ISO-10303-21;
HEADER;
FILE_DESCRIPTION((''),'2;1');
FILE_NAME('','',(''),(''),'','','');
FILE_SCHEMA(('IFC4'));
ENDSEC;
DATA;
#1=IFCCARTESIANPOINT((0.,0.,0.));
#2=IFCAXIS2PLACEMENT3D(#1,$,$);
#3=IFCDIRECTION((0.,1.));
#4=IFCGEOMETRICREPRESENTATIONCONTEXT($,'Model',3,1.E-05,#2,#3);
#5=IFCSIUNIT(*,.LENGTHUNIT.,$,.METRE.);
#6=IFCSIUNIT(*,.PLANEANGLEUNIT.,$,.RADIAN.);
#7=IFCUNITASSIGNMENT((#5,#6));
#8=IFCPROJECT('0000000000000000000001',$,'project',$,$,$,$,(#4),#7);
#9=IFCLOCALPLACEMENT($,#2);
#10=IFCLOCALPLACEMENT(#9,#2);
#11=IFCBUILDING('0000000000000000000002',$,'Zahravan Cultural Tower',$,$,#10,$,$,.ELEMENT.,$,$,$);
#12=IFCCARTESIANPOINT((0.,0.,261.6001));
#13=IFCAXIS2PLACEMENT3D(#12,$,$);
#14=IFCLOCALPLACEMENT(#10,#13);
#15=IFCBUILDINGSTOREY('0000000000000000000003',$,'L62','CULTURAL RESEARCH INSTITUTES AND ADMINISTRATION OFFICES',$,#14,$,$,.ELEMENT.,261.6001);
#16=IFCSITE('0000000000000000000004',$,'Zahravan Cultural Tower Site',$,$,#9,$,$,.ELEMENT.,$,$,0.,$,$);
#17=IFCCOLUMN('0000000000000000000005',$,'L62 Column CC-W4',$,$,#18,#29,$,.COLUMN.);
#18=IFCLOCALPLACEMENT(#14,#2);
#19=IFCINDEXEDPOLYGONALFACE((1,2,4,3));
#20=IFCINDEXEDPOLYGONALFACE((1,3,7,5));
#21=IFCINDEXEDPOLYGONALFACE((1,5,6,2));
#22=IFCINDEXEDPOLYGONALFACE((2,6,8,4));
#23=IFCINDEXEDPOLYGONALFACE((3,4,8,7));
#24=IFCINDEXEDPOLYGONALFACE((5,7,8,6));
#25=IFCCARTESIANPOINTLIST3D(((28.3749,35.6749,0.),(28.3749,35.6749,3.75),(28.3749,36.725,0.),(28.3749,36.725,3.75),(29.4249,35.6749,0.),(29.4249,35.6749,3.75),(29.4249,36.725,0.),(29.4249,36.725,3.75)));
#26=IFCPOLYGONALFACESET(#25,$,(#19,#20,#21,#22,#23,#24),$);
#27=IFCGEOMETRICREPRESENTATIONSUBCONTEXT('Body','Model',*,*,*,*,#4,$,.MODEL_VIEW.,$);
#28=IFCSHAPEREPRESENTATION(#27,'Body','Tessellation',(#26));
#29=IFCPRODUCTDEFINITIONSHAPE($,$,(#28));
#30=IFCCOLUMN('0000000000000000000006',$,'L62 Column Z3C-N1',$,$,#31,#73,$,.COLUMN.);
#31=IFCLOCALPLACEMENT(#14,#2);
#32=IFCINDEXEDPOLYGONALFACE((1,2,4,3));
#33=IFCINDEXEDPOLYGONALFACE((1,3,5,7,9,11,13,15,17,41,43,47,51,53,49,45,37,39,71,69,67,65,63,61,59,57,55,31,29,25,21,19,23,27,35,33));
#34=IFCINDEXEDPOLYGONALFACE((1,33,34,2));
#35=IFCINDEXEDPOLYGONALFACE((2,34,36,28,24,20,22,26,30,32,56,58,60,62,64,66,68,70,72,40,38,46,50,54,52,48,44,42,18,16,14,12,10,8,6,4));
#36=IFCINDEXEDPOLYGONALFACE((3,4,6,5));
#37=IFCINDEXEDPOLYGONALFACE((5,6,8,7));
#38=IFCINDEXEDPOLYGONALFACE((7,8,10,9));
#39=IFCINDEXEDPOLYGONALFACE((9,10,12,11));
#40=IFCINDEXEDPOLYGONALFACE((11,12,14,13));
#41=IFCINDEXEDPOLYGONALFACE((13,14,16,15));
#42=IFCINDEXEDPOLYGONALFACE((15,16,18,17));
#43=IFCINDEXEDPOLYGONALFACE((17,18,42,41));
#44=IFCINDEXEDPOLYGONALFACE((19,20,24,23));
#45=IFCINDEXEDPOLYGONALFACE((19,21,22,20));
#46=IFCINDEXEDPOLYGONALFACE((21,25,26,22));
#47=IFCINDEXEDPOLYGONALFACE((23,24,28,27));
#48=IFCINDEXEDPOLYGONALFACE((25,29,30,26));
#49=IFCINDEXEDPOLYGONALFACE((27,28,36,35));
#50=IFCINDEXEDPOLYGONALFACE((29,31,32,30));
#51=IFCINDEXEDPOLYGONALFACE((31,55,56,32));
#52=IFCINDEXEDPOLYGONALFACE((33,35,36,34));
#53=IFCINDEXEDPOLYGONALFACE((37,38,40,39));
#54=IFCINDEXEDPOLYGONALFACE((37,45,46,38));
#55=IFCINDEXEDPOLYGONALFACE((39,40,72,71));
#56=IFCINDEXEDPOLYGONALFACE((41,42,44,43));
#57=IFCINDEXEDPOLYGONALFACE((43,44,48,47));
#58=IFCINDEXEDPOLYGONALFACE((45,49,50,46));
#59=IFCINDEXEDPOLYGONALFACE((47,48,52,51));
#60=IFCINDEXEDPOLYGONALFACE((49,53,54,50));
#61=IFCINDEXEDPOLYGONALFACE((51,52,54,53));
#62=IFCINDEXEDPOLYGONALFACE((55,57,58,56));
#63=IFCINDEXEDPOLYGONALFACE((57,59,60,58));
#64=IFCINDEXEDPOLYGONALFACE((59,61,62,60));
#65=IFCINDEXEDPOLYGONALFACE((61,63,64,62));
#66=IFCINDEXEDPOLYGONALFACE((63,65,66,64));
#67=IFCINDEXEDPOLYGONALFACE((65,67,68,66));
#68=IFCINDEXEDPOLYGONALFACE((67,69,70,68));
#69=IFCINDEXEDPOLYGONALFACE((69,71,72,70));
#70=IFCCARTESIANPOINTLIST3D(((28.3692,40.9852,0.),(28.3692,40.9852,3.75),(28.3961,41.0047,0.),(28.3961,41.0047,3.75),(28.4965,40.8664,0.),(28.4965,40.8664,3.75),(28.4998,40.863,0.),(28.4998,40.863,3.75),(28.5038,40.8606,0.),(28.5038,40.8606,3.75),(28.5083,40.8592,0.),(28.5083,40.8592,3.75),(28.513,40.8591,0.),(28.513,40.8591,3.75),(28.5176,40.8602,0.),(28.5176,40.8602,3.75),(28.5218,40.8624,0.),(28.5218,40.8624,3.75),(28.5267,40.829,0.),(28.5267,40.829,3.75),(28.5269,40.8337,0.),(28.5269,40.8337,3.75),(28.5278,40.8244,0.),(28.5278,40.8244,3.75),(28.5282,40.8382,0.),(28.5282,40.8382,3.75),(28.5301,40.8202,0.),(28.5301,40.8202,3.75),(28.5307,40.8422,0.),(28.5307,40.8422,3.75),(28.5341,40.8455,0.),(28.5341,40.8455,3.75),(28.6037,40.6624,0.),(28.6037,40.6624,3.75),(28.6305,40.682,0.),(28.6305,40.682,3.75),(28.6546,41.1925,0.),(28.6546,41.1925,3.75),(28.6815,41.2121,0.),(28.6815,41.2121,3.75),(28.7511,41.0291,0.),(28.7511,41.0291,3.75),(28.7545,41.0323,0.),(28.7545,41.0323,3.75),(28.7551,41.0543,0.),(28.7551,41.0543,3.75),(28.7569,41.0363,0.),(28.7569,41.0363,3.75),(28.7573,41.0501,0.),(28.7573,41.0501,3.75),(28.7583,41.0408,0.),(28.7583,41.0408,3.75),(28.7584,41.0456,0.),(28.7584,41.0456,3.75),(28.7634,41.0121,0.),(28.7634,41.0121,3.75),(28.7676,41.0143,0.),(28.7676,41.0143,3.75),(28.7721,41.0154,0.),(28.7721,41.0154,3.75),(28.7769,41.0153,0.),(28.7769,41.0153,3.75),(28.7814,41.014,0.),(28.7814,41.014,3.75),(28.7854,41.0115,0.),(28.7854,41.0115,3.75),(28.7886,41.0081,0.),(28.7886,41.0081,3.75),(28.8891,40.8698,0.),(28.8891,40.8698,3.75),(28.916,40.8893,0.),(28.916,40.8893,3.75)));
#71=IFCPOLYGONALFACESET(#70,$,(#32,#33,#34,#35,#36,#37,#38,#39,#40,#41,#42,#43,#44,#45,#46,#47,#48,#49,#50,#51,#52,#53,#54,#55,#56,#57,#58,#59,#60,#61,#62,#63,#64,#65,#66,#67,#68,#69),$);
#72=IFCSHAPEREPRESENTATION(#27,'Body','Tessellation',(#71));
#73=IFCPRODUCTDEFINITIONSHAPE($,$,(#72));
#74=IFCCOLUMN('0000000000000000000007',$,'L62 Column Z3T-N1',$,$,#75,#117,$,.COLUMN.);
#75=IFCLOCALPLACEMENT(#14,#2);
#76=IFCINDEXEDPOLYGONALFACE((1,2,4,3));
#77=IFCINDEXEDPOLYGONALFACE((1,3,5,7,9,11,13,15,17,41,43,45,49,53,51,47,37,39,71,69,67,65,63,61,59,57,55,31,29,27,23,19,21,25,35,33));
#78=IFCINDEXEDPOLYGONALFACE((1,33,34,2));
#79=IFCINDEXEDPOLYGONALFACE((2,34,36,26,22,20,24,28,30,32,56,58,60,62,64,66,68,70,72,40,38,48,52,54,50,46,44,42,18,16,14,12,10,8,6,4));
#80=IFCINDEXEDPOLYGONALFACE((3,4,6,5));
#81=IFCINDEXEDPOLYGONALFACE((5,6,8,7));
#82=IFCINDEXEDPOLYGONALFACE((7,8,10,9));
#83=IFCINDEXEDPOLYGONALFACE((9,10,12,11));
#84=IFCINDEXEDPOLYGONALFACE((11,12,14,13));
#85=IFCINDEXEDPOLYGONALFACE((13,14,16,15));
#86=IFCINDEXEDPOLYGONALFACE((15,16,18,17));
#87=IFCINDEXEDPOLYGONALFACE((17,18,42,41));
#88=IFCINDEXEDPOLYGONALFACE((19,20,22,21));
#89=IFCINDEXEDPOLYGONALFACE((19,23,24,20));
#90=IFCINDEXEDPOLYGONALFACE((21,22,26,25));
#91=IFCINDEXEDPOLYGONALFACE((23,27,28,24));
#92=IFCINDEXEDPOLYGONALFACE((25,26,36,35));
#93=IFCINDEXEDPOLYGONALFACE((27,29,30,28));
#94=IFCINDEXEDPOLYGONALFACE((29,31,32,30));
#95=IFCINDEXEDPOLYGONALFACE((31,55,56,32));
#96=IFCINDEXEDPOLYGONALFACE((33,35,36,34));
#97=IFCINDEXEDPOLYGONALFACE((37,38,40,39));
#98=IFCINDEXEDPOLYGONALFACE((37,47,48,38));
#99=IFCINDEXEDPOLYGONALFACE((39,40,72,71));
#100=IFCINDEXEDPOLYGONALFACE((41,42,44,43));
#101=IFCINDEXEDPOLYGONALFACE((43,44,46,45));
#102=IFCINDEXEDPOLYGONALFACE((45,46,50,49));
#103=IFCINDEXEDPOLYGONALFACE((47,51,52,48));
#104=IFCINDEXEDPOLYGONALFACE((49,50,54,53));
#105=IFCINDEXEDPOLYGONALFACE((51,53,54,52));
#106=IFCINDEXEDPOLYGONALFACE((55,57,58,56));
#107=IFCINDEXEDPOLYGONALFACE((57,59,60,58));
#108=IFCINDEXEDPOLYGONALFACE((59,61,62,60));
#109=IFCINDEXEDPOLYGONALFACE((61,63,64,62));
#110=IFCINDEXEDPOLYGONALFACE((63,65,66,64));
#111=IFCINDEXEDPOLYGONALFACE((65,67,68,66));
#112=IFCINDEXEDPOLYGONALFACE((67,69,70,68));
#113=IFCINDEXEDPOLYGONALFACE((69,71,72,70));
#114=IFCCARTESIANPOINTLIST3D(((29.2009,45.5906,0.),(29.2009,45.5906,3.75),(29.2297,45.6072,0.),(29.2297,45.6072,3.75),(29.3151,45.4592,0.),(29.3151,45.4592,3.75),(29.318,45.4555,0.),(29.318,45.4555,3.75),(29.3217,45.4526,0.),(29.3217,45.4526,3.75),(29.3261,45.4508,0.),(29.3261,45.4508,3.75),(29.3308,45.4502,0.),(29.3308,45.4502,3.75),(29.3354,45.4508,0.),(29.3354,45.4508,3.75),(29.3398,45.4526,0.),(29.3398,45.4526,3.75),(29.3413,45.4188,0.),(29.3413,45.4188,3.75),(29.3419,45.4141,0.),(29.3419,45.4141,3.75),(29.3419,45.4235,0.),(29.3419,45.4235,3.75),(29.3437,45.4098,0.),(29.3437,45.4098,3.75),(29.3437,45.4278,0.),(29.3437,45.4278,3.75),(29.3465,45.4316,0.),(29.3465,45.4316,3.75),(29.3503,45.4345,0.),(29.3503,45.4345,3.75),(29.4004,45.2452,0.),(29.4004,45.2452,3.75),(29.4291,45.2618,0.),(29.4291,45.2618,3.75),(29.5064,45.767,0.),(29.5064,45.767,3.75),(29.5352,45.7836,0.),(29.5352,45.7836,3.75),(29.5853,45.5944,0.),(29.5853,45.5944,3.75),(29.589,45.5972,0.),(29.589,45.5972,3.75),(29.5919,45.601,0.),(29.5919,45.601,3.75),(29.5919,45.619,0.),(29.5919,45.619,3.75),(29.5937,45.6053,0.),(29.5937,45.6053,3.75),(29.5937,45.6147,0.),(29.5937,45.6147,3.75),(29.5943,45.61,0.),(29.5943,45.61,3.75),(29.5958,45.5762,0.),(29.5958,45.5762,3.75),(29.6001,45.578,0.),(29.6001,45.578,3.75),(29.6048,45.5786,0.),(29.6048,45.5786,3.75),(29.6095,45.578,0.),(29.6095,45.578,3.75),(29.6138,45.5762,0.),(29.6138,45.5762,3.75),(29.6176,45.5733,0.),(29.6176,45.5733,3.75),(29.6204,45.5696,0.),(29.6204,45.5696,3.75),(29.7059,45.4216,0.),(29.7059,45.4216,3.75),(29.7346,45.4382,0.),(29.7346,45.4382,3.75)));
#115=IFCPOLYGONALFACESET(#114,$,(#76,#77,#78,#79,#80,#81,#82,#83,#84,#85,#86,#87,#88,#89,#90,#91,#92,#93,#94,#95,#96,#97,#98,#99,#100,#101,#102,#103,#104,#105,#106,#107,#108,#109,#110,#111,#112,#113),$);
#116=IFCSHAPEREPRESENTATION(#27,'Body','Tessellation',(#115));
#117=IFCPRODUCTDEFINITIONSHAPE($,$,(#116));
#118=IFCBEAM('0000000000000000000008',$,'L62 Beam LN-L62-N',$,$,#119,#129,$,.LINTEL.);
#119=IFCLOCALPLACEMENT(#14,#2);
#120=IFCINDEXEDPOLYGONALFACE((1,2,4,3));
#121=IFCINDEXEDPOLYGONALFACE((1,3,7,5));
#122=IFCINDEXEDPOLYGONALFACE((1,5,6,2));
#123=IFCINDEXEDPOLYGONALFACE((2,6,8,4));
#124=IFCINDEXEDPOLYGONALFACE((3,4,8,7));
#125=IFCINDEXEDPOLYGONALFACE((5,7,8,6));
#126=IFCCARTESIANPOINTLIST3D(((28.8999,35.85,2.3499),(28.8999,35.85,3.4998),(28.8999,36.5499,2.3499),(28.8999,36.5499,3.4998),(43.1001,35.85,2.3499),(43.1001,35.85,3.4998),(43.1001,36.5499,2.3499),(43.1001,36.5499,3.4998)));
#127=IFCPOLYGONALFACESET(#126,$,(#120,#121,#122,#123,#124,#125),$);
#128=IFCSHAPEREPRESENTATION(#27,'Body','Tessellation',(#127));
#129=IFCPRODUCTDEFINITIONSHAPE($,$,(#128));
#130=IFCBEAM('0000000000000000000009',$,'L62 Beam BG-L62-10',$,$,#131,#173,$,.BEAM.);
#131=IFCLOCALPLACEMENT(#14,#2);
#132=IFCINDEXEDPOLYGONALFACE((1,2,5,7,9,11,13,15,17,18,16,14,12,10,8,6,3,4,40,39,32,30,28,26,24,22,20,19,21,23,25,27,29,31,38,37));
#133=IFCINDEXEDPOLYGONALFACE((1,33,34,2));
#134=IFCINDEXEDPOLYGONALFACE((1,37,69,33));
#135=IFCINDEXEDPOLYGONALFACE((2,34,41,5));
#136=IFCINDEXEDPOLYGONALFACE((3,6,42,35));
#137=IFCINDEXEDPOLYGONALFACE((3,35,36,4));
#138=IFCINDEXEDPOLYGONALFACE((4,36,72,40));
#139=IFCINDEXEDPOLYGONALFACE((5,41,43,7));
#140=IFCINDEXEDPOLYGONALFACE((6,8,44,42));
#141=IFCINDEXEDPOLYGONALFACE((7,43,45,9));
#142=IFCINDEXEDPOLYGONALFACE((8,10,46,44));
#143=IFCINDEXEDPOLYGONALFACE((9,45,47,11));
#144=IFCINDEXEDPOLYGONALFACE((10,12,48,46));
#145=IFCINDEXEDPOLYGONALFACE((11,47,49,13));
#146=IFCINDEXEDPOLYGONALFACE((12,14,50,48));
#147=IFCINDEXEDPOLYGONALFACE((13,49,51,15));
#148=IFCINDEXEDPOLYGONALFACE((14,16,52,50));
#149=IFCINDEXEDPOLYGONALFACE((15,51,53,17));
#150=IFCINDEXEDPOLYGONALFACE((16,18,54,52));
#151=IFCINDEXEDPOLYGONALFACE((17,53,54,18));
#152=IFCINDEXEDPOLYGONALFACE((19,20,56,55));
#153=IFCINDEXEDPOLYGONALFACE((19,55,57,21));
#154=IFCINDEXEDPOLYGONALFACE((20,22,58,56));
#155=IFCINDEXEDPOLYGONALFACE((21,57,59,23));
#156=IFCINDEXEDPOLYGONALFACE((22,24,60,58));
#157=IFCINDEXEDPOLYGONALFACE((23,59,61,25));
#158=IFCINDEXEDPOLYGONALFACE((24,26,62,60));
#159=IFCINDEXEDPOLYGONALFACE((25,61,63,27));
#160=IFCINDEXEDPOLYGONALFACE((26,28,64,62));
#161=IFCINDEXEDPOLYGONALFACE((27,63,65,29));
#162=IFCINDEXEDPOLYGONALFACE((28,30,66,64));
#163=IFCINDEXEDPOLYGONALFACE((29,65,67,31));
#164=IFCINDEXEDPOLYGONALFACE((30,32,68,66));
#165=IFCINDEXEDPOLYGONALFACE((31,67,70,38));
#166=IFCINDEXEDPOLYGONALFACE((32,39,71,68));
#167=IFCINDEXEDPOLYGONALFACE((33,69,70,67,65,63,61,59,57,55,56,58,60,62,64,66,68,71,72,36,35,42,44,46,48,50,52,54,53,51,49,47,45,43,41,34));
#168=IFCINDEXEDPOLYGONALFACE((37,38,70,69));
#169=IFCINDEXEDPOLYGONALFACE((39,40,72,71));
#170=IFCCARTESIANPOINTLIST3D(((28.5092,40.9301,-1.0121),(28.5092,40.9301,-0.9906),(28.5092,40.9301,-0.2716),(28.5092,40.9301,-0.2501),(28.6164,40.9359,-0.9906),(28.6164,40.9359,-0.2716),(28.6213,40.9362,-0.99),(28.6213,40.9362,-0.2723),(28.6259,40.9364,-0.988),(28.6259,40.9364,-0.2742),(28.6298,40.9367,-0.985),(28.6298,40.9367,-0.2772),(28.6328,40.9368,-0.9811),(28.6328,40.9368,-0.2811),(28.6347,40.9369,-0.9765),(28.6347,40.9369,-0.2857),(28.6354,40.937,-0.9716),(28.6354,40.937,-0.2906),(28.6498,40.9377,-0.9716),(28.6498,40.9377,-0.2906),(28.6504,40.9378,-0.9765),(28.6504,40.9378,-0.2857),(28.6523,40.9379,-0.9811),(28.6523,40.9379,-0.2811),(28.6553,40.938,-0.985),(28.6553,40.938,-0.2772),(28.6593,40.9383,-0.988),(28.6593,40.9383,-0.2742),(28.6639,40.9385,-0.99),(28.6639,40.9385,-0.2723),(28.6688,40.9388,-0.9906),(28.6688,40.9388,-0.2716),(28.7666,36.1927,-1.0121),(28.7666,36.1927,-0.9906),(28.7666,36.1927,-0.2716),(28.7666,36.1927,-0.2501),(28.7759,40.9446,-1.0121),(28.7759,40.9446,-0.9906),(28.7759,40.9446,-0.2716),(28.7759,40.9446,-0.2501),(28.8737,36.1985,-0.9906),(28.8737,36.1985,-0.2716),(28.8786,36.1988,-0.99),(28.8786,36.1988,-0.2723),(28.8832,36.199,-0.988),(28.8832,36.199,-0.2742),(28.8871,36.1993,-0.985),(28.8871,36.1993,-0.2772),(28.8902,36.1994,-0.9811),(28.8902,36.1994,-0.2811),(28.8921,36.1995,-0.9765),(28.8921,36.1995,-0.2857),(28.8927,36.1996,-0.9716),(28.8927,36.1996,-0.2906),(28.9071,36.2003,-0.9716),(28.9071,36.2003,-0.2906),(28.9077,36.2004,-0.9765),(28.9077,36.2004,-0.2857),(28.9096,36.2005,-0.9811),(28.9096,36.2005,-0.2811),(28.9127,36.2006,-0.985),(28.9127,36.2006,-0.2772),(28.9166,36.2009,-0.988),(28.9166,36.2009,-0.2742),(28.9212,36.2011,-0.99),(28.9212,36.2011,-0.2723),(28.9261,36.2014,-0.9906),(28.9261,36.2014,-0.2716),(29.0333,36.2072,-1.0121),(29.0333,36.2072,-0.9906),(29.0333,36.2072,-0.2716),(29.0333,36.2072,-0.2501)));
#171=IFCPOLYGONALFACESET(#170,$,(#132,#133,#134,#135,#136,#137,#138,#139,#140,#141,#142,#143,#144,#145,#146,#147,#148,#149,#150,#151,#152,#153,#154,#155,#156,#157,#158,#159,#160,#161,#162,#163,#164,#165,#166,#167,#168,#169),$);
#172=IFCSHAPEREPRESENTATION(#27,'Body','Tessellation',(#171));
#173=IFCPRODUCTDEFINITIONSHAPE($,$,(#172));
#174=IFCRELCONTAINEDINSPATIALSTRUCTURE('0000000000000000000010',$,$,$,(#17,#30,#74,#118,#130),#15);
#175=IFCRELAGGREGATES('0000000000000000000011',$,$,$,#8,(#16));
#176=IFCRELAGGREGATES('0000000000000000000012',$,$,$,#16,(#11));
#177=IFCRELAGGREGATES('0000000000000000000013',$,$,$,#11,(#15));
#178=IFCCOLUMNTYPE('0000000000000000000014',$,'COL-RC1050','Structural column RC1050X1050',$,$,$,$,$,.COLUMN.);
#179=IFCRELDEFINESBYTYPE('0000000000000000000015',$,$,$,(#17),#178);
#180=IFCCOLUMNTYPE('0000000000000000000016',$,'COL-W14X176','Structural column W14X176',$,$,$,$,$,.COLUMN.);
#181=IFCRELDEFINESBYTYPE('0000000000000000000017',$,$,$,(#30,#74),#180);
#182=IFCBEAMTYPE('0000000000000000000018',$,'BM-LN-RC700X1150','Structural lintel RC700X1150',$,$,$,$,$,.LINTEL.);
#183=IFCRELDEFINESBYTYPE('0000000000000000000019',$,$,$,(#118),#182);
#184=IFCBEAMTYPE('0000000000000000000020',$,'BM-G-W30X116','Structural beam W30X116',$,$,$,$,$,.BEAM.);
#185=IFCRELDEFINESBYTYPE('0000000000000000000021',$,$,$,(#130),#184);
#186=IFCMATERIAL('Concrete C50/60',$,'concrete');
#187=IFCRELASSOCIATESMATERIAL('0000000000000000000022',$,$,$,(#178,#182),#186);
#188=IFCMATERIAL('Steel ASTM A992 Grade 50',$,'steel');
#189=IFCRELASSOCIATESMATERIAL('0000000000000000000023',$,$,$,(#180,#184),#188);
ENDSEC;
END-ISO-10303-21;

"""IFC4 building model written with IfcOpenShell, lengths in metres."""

from ifc_helpers import new_model, si_unit, direction, frame, origin, origin_2d, place, context, subcontext, project, spatial, rectangle, i_section, extrude, source, transform, mapped, material, material_profile, profile_set, type_object, element, save


model = new_model("IFC4")

# Units and contexts
model_context = context("Model", 3, precision=1e-05, world=origin(), true_north=direction((0.0, 1.0)))
body_context = subcontext(model_context, "Body", "Model", "MODEL_VIEW")
ifc_project = project(units=[si_unit("LENGTHUNIT", "METRE"), si_unit("PLANEANGLEUNIT", "RADIAN")], contexts=[model_context])

# Site, building, storey
site_placement = place(None, origin())
site = spatial("IfcSite", under=ifc_project, at=site_placement, Name="Zahravan Cultural Tower Site", CompositionType="ELEMENT", RefElevation=0.0)
building_placement = place(site_placement, origin())
building = spatial("IfcBuilding", under=site, at=building_placement, Name="Zahravan Cultural Tower", CompositionType="ELEMENT")
storey_placement = place(building_placement, frame((0.0, 0.0, 261.6001)))
storey = spatial("IfcBuildingStorey", under=building, at=storey_placement, Name="L62", Description="CULTURAL RESEARCH INSTITUTES AND ADMINISTRATION OFFICES", CompositionType="ELEMENT", Elevation=261.6001)

# Columns
ifc_material_1 = material(Name="Concrete C50/60", Category="concrete")
ifc_material_profile_1 = material_profile(ifc_material_1, rectangle(XDim=1.05, YDim=1.05, at=origin_2d()), Name="RC1050X1050")
ifc_profile_set_1 = profile_set([ifc_material_profile_1], Name="Concrete C50/60")
column_type_1 = type_object("IfcColumnType", Name="COL-RC1050", Description="Structural column RC1050X1050", PredefinedType="COLUMN", material=ifc_profile_set_1)
shared_shape_1 = source(origin(), body_context, "Body", "SweptSolid", [
    extrude(rectangle(XDim=1.05, YDim=1.05, at=origin_2d()), origin(), (0.0, 0.0, 1.0), 3.75),
])
column_placement = place(storey_placement, frame((28.8999, 36.2, 0.0), z_axis=(0.0, 0.0, 1.0), x_axis=(1.0, 0.0, 0.0)))
element("IfcColumn", 1, at=column_placement, inside=storey, type_object=column_type_1, Name="L62 Column CC-W4", PredefinedType="COLUMN", context=body_context, shape_type="MappedRepresentation", body=[
    mapped(shared_shape_1, transform((0.0, 0.0, 0.0), x_axis=(1.0, 0.0, 0.0), y_axis=(0.0, 1.0, 0.0), z_axis=(0.0, 0.0, 1.0), scale=1.0)),
])
ifc_material_2 = material(Name="Steel ASTM A992 Grade 50", Category="steel")
ifc_material_profile_2 = material_profile(ifc_material_2, i_section(OverallWidth=0.3989, OverallDepth=0.386, WebThickness=0.021, FlangeThickness=0.0332, FilletRadius=0.0181, at=origin_2d()), Name="W14X176")
ifc_profile_set_2 = profile_set([ifc_material_profile_2], Name="Steel ASTM A992 Grade 50")
column_type_2 = type_object("IfcColumnType", Name="COL-W14X176", Description="Structural column W14X176", PredefinedType="COLUMN", material=ifc_profile_set_2)
shared_shape_2 = source(origin(), body_context, "Body", "SweptSolid", [
    extrude(i_section(OverallWidth=0.3989, OverallDepth=0.386, WebThickness=0.021, FlangeThickness=0.0332, FilletRadius=0.0181, at=origin_2d()), origin(), (0.0, 0.0, 1.0), 3.75),
])
for number, where, z_axis, x_axis, name in (
    (2, (28.6426, 40.9373, 0.0), (0.0, 0.0, 1.0), (-0.587785, 0.809017, 0.0), "L62 Column Z3C-N1"),
    (3, (29.4678, 45.5144, 0.0), (0.0, 0.0, 1.0), (-0.5, 0.866025, 0.0), "L62 Column Z3T-N1"),
):
    element("IfcColumn", number, at=place(storey_placement, frame(where, z_axis=z_axis, x_axis=x_axis)), inside=storey, type_object=column_type_2, Name=name, PredefinedType="COLUMN", context=body_context, shape_type="MappedRepresentation", body=[
        mapped(shared_shape_2, transform((0.0, 0.0, 0.0), x_axis=(1.0, 0.0, 0.0), y_axis=(0.0, 1.0, 0.0), z_axis=(0.0, 0.0, 1.0), scale=1.0)),
    ])

# Beams
ifc_material_profile_3 = material_profile(ifc_material_1, rectangle(XDim=0.7, YDim=1.1499, at=origin_2d()), Name="RC700X1150")
ifc_profile_set_3 = profile_set([ifc_material_profile_3], Name="Concrete C50/60")
beam_type_1 = type_object("IfcBeamType", Name="BM-LN-RC700X1150", Description="Structural lintel RC700X1150", PredefinedType="LINTEL", material=ifc_profile_set_3)
shared_shape_3 = source(origin(), body_context, "Body", "SweptSolid", [
    extrude(rectangle(XDim=0.7, YDim=1.1499, at=origin_2d()), origin(), (0.0, 0.0, 1.0), 14.2002),
])
beam_1_placement = place(storey_placement, frame((28.8999, 36.2, 2.9248), z_axis=(1.0, 0.0, 0.0), x_axis=(0.0, 1.0, 0.0)))
element("IfcBeam", 4, at=beam_1_placement, inside=storey, type_object=beam_type_1, Name="L62 Beam LN-L62-N", PredefinedType="LINTEL", context=body_context, shape_type="MappedRepresentation", body=[
    mapped(shared_shape_3, transform((0.0, 0.0, 0.0), x_axis=(1.0, 0.0, 0.0), y_axis=(0.0, 1.0, 0.0), z_axis=(0.0, 0.0, 1.0), scale=1.0)),
])
ifc_material_profile_4 = material_profile(ifc_material_2, i_section(OverallWidth=0.2671, OverallDepth=0.762, WebThickness=0.0144, FlangeThickness=0.0215, FilletRadius=0.019, at=origin_2d()), Name="W30X116")
ifc_profile_set_4 = profile_set([ifc_material_profile_4], Name="Steel ASTM A992 Grade 50")
beam_type_2 = type_object("IfcBeamType", Name="BM-G-W30X116", Description="Structural beam W30X116", PredefinedType="BEAM", material=ifc_profile_set_4)
shared_shape_4 = source(origin(), body_context, "Body", "SweptSolid", [
    extrude(i_section(OverallWidth=0.2671, OverallDepth=0.762, WebThickness=0.0144, FlangeThickness=0.0215, FilletRadius=0.019, at=origin_2d()), origin(), (0.0, 0.0, 1.0), 4.7444),
])
beam_2_placement = place(storey_placement, frame((28.8999, 36.2, -0.6311), z_axis=(-0.054239, 0.998528, 0.0), x_axis=(-0.998528, -0.054239, 0.0)))
element("IfcBeam", 5, at=beam_2_placement, inside=storey, type_object=beam_type_2, Name="L62 Beam BG-L62-10", PredefinedType="BEAM", context=body_context, shape_type="MappedRepresentation", body=[
    mapped(shared_shape_4, transform((0.0, 0.0, 0.0), x_axis=(1.0, 0.0, 0.0), y_axis=(0.0, 1.0, 0.0), z_axis=(0.0, 0.0, 1.0), scale=1.0)),
])

save(model, "model.ifc")
